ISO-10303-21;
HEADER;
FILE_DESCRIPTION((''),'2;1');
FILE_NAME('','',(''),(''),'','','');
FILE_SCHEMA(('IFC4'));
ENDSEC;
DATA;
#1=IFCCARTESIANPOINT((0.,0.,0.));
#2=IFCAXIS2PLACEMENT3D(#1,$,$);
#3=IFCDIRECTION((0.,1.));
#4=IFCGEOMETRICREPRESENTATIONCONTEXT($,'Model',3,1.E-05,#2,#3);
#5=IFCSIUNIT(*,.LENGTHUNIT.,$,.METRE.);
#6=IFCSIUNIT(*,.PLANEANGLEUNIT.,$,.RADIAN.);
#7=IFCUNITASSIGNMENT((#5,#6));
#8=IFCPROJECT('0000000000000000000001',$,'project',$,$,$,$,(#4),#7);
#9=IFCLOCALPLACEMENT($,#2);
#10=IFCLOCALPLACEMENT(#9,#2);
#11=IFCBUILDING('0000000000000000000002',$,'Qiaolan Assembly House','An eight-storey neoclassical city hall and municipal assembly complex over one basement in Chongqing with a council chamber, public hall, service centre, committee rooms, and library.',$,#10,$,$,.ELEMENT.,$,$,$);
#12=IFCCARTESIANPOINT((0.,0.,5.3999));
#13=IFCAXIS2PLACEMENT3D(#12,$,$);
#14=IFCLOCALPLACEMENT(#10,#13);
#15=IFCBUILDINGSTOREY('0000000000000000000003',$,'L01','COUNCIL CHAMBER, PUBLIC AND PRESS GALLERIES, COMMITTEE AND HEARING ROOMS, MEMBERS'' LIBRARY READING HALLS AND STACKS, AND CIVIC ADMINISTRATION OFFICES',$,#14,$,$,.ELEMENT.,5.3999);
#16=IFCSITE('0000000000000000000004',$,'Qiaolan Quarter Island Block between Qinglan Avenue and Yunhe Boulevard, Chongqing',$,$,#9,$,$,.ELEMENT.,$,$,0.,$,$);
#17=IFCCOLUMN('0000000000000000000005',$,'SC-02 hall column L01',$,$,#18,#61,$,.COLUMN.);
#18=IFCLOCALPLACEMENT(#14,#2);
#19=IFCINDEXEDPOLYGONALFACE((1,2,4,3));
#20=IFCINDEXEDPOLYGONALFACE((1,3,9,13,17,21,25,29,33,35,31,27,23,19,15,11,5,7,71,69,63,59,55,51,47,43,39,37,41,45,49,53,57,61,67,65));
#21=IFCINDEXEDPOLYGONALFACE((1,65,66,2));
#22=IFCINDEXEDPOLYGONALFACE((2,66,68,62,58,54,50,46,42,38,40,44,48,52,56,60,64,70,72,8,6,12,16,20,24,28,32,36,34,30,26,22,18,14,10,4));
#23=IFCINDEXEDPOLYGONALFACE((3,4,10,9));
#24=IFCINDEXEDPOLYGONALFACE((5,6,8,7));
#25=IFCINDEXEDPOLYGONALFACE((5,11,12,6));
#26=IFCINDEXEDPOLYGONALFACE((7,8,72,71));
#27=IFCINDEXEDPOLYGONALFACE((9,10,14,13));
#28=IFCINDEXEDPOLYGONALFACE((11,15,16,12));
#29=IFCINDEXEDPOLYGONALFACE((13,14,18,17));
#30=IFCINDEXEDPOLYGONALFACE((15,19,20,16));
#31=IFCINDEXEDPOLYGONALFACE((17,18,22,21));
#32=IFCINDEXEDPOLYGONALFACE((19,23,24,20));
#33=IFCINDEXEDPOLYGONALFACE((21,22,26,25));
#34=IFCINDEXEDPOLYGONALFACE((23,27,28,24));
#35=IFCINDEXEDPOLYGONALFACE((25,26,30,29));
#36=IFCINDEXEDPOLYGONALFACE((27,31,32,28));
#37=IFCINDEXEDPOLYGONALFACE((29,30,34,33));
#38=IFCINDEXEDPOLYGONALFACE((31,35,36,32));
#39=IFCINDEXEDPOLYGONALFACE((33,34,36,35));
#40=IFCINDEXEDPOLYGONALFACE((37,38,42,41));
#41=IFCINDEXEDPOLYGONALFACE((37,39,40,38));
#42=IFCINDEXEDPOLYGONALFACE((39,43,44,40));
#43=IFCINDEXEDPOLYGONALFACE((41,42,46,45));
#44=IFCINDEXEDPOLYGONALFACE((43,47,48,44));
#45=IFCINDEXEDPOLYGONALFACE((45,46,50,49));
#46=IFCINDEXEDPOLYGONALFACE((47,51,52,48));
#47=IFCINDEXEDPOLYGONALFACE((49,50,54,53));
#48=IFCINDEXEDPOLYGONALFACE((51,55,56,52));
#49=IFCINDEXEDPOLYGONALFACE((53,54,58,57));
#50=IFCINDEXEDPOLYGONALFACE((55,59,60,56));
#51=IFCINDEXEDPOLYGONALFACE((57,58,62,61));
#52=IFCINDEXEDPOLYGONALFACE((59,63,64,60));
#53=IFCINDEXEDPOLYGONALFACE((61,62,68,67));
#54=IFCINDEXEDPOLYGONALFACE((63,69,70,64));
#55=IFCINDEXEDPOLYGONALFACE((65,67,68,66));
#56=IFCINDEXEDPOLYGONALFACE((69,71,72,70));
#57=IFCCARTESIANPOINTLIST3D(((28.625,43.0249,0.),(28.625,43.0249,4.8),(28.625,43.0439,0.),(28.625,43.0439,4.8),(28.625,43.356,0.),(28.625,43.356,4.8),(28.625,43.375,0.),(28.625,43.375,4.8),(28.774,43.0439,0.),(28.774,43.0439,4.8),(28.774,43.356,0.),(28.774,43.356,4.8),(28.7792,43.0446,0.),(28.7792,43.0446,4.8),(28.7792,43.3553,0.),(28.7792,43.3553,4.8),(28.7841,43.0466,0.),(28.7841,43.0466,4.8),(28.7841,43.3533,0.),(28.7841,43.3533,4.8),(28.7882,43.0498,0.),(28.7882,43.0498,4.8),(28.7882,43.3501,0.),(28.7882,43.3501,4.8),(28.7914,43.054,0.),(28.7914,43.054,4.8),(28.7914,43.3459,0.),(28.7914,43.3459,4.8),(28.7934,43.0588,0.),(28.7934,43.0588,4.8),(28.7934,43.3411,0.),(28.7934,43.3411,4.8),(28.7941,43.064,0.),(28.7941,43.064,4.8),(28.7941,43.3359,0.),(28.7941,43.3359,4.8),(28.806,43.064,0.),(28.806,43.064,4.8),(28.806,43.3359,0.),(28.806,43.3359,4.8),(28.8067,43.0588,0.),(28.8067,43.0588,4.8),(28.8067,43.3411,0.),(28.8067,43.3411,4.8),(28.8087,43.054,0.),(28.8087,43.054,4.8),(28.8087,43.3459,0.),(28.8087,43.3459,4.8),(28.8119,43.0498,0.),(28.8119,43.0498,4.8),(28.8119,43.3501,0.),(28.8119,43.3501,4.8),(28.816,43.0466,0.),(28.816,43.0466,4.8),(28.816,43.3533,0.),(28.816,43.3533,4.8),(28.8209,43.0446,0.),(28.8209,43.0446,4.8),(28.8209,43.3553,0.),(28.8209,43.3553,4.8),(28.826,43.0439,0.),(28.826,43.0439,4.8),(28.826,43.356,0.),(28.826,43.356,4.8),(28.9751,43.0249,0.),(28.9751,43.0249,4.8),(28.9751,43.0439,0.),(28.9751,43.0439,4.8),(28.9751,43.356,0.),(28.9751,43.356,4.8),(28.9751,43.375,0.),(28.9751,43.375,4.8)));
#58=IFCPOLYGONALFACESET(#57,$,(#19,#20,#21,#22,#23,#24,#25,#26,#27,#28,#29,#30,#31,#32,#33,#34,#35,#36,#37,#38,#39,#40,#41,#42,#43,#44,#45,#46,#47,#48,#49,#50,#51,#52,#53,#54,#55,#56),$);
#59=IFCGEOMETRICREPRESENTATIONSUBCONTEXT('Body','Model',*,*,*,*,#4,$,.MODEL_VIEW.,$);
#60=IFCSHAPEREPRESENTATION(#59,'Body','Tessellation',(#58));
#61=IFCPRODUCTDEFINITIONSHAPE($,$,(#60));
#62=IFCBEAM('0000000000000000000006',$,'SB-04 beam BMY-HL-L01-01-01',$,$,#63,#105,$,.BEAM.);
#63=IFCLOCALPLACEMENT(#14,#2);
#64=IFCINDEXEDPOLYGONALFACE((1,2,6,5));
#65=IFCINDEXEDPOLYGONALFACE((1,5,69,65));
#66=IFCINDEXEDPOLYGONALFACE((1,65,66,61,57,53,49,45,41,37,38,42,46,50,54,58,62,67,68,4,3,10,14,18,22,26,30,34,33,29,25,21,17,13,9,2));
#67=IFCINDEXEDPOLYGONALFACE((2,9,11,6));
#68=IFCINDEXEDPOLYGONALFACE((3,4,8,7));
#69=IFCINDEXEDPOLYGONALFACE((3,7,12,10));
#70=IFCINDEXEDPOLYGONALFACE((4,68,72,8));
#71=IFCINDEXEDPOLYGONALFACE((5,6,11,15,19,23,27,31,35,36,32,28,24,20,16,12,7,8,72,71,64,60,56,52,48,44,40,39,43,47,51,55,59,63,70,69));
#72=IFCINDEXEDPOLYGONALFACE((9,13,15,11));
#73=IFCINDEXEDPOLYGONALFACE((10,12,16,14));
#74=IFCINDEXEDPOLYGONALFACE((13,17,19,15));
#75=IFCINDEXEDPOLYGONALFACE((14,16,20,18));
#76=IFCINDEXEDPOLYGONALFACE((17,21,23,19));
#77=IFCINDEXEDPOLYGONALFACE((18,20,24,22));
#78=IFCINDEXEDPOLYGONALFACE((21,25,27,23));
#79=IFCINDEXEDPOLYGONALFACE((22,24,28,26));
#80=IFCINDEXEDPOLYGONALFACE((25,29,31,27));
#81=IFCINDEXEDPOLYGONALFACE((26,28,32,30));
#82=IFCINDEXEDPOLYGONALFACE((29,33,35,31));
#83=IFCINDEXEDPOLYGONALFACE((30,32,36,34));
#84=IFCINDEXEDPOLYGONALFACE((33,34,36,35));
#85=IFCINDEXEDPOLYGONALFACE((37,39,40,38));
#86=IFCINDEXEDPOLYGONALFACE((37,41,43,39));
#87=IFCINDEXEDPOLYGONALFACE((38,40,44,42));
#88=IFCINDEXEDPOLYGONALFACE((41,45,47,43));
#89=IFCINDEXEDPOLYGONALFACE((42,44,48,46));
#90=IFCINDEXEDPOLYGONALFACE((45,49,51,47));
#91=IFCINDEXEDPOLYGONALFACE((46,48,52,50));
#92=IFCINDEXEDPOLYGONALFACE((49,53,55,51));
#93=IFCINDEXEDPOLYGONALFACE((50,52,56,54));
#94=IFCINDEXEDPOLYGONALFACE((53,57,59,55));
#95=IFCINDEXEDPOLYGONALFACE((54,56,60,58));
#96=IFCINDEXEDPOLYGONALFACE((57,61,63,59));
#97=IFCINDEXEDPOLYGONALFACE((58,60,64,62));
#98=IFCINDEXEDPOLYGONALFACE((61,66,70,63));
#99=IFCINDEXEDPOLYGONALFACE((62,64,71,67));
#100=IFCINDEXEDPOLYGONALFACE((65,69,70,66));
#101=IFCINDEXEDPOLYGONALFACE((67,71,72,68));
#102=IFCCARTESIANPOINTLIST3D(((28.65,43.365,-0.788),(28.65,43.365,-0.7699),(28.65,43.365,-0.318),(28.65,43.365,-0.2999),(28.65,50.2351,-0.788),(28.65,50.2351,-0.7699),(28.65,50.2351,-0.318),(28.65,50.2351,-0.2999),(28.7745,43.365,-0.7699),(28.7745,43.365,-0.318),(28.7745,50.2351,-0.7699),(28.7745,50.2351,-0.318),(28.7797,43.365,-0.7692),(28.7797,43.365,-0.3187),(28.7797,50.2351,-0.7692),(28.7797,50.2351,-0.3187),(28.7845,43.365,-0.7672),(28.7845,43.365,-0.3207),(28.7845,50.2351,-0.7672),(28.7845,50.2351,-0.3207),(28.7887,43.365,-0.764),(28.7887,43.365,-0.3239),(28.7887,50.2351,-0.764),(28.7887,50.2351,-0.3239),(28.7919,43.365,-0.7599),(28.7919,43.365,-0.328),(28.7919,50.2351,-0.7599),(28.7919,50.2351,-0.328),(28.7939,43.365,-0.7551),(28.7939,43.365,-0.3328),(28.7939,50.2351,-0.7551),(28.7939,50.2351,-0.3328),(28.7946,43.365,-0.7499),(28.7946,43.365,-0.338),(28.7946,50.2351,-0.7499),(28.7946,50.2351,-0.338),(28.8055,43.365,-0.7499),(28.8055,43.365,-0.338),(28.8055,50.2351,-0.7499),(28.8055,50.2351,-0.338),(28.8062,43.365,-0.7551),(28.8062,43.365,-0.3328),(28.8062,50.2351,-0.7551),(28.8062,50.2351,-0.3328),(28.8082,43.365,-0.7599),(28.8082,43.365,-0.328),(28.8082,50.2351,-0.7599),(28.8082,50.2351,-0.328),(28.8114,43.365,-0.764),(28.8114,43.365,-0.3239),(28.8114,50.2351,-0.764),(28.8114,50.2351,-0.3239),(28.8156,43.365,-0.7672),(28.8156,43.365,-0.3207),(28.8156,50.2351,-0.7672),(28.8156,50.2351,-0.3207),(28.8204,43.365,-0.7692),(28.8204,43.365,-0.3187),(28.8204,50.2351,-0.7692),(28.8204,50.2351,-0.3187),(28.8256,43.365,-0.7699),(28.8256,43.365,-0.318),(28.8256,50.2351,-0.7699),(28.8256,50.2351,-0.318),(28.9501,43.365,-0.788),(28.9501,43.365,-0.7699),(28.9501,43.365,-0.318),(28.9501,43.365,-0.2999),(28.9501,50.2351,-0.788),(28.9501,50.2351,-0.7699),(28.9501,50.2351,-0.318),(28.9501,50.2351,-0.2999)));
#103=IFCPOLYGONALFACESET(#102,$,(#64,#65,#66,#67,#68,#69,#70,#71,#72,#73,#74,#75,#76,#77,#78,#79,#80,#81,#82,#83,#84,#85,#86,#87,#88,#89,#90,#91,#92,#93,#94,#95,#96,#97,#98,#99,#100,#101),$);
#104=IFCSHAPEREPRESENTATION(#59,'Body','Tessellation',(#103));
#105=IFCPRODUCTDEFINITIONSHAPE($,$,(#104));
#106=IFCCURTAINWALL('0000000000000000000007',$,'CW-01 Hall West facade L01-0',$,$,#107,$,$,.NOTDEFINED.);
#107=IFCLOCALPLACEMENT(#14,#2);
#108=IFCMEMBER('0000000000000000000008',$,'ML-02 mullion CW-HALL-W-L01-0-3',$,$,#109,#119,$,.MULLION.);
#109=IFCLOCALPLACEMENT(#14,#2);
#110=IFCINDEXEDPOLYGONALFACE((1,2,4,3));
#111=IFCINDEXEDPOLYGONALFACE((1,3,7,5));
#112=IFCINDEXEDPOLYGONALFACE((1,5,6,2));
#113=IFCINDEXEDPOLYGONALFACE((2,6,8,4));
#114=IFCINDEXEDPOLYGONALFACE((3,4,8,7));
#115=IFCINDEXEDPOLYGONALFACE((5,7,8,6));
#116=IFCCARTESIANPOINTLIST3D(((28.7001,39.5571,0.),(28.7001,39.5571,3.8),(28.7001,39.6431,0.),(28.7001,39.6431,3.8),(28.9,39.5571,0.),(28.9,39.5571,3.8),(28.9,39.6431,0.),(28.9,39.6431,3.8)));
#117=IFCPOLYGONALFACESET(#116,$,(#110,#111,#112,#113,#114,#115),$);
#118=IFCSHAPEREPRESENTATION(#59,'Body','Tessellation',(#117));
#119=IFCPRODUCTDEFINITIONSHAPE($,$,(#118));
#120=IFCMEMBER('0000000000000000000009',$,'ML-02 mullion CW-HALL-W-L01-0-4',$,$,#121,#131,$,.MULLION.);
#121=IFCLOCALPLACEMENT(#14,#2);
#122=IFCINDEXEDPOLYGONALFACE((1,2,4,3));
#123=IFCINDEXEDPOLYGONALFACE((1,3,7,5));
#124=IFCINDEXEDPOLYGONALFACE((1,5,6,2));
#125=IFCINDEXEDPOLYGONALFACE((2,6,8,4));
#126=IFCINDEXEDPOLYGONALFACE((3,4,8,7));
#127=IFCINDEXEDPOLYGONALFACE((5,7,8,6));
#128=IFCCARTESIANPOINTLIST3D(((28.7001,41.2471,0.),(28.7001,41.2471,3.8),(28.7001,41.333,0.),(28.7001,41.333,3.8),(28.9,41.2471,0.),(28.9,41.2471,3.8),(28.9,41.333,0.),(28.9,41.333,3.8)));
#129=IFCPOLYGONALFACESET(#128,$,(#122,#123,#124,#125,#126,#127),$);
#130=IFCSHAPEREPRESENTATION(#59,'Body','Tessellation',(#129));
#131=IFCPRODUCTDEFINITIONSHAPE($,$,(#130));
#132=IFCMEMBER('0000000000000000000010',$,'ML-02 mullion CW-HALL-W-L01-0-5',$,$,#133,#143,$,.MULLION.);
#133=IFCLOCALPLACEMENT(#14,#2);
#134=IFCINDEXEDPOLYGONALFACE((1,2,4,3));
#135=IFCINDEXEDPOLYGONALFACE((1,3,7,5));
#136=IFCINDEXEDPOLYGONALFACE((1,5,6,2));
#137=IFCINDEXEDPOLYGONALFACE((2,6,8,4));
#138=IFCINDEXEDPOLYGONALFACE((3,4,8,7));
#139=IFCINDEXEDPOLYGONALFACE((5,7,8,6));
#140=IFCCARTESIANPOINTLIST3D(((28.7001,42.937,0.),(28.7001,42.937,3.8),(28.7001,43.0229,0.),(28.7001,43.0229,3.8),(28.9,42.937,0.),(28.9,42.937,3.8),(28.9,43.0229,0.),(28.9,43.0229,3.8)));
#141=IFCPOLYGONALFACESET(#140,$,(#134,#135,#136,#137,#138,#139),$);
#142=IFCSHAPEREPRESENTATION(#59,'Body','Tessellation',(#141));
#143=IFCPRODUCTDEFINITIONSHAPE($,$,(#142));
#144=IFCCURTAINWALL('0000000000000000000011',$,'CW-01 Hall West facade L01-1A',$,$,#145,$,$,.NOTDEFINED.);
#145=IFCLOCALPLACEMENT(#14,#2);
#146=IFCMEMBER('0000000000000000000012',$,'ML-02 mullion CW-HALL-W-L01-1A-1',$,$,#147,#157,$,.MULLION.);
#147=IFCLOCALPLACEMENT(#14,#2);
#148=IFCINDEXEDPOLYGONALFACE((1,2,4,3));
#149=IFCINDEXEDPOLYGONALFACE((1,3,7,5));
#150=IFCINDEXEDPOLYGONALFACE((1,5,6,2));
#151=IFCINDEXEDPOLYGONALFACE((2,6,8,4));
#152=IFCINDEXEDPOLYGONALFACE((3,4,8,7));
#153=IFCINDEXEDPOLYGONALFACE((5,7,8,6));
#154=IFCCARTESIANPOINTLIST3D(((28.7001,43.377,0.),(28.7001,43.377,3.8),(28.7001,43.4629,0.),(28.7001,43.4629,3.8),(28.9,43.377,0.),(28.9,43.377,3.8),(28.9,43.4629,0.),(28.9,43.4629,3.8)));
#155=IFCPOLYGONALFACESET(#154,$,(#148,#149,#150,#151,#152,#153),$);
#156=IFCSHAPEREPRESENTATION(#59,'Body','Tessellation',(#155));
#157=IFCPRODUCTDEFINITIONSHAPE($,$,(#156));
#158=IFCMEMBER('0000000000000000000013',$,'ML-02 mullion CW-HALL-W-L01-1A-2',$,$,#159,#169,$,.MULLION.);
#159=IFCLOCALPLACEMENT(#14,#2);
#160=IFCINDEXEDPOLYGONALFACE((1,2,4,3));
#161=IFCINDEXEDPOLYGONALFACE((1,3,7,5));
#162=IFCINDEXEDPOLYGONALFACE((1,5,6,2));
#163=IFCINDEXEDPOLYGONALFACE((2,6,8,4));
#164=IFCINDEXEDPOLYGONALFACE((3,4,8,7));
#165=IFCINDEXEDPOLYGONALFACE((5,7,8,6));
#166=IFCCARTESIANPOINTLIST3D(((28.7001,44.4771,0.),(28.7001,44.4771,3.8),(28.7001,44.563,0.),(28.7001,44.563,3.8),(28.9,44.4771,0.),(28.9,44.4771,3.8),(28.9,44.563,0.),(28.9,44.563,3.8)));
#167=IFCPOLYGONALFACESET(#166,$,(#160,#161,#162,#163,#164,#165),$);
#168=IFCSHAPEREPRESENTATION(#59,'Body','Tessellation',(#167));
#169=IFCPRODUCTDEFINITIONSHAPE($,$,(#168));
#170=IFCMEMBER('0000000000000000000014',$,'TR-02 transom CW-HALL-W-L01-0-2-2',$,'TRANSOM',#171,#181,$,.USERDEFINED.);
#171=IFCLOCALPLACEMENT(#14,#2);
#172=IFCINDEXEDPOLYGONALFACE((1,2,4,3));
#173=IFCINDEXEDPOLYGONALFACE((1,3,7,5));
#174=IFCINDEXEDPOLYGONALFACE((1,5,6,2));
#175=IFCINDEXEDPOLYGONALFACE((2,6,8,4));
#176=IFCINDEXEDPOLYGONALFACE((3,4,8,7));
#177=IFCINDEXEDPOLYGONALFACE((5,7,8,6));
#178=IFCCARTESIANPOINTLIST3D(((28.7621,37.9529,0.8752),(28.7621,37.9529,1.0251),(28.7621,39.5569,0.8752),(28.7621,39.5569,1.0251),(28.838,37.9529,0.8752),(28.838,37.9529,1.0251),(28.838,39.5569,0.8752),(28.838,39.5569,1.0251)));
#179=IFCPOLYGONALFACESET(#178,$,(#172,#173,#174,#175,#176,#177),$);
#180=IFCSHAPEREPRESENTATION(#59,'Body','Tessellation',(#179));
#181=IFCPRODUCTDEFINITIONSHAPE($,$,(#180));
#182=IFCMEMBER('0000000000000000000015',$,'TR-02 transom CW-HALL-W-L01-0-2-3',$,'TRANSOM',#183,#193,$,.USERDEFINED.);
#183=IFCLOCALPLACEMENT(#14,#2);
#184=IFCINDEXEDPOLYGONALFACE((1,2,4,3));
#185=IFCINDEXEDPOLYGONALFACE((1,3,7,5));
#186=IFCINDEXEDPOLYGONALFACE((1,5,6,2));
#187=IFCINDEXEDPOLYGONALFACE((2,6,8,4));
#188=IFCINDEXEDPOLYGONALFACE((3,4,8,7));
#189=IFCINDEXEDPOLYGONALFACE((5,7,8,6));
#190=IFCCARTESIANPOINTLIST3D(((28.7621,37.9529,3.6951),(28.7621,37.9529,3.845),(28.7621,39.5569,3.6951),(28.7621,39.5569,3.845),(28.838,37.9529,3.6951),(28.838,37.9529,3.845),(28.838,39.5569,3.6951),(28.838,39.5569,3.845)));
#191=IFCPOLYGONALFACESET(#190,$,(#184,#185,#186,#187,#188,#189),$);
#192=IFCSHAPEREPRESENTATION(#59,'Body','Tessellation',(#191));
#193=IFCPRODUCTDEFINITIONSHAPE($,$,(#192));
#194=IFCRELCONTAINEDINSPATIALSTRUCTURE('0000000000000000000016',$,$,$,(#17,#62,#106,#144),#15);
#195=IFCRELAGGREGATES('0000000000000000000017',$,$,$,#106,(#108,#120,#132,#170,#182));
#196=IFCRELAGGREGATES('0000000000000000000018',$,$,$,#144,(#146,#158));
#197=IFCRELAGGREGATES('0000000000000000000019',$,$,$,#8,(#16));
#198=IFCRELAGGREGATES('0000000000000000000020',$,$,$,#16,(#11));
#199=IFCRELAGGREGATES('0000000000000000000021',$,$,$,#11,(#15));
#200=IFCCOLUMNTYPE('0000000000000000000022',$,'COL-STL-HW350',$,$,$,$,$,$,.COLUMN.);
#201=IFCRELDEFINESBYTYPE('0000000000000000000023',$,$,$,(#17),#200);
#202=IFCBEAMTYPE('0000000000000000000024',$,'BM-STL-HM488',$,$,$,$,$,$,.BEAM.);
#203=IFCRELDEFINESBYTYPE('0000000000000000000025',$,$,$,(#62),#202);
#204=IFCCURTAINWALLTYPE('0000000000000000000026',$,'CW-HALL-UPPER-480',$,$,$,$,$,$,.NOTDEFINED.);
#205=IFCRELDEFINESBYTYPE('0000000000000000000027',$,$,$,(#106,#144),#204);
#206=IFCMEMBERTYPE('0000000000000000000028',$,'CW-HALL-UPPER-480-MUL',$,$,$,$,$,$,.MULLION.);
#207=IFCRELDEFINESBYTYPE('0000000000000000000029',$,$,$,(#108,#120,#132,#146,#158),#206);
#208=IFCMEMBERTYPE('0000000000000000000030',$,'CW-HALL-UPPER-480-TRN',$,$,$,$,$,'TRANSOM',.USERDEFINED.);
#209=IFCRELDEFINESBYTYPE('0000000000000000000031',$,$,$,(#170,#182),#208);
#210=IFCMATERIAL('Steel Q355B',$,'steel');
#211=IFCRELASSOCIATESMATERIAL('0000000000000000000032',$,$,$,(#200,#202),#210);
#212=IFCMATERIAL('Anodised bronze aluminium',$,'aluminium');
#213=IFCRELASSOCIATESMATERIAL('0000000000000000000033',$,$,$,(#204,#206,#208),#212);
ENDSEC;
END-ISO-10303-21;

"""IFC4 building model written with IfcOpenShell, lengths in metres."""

from ifc_helpers import new_model, si_unit, direction, frame, origin, origin_2d, place, context, subcontext, project, spatial, rectangle, i_section, extrude, material, material_profile, profile_set, type_object, element, aggregate, save


model = new_model("IFC4")

# Units and contexts
model_context = context("Model", 3, precision=1e-05, world=origin(), true_north=direction((0.0, 1.0)))
body_context = subcontext(model_context, "Body", "Model", "MODEL_VIEW")
ifc_project = project(units=[si_unit("LENGTHUNIT", "METRE"), si_unit("PLANEANGLEUNIT", "RADIAN")], contexts=[model_context])

# Site, building, storey
site_placement = place(None, origin())
site = spatial("IfcSite", under=ifc_project, at=site_placement, Name="Qiaolan Quarter Island Block between Qinglan Avenue and Yunhe Boulevard, Chongqing", CompositionType="ELEMENT", RefElevation=0.0)
building_placement = place(site_placement, origin())
building = spatial("IfcBuilding", under=site, at=building_placement, Name="Qiaolan Assembly House", Description="An eight-storey neoclassical city hall and municipal assembly complex over one basement in Chongqing with a council chamber, public hall, service centre, committee rooms, and library.", CompositionType="ELEMENT")
storey_placement = place(building_placement, frame((0.0, 0.0, 5.3999)))
storey = spatial("IfcBuildingStorey", under=building, at=storey_placement, Name="L01", Description="COUNCIL CHAMBER, PUBLIC AND PRESS GALLERIES, COMMITTEE AND HEARING ROOMS, MEMBERS' LIBRARY READING HALLS AND STACKS, AND CIVIC ADMINISTRATION OFFICES", CompositionType="ELEMENT", Elevation=5.3999)

# Column
ifc_material_1 = material(Name="Steel Q355B", Category="steel")
ifc_material_profile_1 = material_profile(ifc_material_1, i_section(OverallWidth=0.3501, OverallDepth=0.3501, WebThickness=0.012, FlangeThickness=0.019, FilletRadius=0.02, at=origin_2d()), Name="HW 350x350x12x19")
ifc_profile_set_1 = profile_set([ifc_material_profile_1], Name="Steel Q355B")
column_type = type_object("IfcColumnType", Name="COL-STL-HW350", PredefinedType="COLUMN", material=ifc_profile_set_1)
column_placement = place(storey_placement, frame((28.8, 43.2, 0.0), z_axis=(0.0, 0.0, 1.0), x_axis=(1.0, 0.0, 0.0)))
element("IfcColumn", 1, at=column_placement, inside=storey, type_object=column_type, Name="SC-02 hall column L01", PredefinedType="COLUMN", context=body_context, shape_type="SweptSolid", body=[
    extrude(i_section(OverallWidth=0.3501, OverallDepth=0.3501, WebThickness=0.012, FlangeThickness=0.019, FilletRadius=0.02, at=origin_2d()), origin(), (0.0, 0.0, 1.0), 4.8),
])

# Beam
ifc_material_profile_2 = material_profile(ifc_material_1, i_section(OverallWidth=0.3, OverallDepth=0.488, WebThickness=0.011, FlangeThickness=0.0181, FilletRadius=0.02, at=origin_2d()), Name="HM 488x300x11x18")
ifc_profile_set_2 = profile_set([ifc_material_profile_2], Name="Steel Q355B")
beam_type = type_object("IfcBeamType", Name="BM-STL-HM488", PredefinedType="BEAM", material=ifc_profile_set_2)
beam_placement = place(storey_placement, frame((28.8, 43.365, -0.5439), z_axis=(0.0, 1.0, 0.0), x_axis=(-1.0, 0.0, 0.0)))
element("IfcBeam", 2, at=beam_placement, inside=storey, type_object=beam_type, Name="SB-04 beam BMY-HL-L01-01-01", PredefinedType="BEAM", context=body_context, shape_type="SweptSolid", body=[
    extrude(i_section(OverallWidth=0.3, OverallDepth=0.488, WebThickness=0.011, FlangeThickness=0.0181, FilletRadius=0.02, at=origin_2d()), origin(), (0.0, 0.0, 1.0), 6.8701),
])

# Curtain walls, members
ifc_material_2 = material(Name="Anodised bronze aluminium", Category="aluminium")
curtain_wall_type = type_object("IfcCurtainWallType", Name="CW-HALL-UPPER-480", PredefinedType="NOTDEFINED", material=ifc_material_2)
curtain_wall_1_placement = place(storey_placement, origin())
curtain_wall_1 = element("IfcCurtainWall", 3, at=curtain_wall_1_placement, inside=storey, type_object=curtain_wall_type, Name="CW-01 Hall West facade L01-0", PredefinedType="NOTDEFINED")
ifc_material_profile_3 = material_profile(ifc_material_2, rectangle(XDim=0.0859, YDim=0.2, at=origin_2d()), Name="MUL 86x200")
ifc_profile_set_3 = profile_set([ifc_material_profile_3], Name="Anodised bronze aluminium")
member_type_1 = type_object("IfcMemberType", Name="CW-HALL-UPPER-480-MUL", PredefinedType="MULLION", material=ifc_profile_set_3)
member_1_placement = place(storey_placement, frame((28.8, 39.6001, 0.0), z_axis=(0.0, 0.0, 1.0), x_axis=(0.0, 1.0, 0.0)))
member_1 = element("IfcMember", 4, at=member_1_placement, type_object=member_type_1, Name="ML-02 mullion CW-HALL-W-L01-0-3", PredefinedType="MULLION", context=body_context, shape_type="SweptSolid", body=[
    extrude(rectangle(XDim=0.0859, YDim=0.2, at=origin_2d()), origin(), (0.0, 0.0, 1.0), 3.8),
])
member_2_placement = place(storey_placement, frame((28.8, 41.29, 0.0), z_axis=(0.0, 0.0, 1.0), x_axis=(0.0, 1.0, 0.0)))
member_2 = element("IfcMember", 5, at=member_2_placement, type_object=member_type_1, Name="ML-02 mullion CW-HALL-W-L01-0-4", PredefinedType="MULLION", context=body_context, shape_type="SweptSolid", body=[
    extrude(rectangle(XDim=0.0859, YDim=0.2, at=origin_2d()), origin(), (0.0, 0.0, 1.0), 3.8),
])
member_3_placement = place(storey_placement, frame((28.8, 42.98, 0.0), z_axis=(0.0, 0.0, 1.0), x_axis=(0.0, 1.0, 0.0)))
member_3 = element("IfcMember", 6, at=member_3_placement, type_object=member_type_1, Name="ML-02 mullion CW-HALL-W-L01-0-5", PredefinedType="MULLION", context=body_context, shape_type="SweptSolid", body=[
    extrude(rectangle(XDim=0.0859, YDim=0.2, at=origin_2d()), origin(), (0.0, 0.0, 1.0), 3.8),
])
curtain_wall_2_placement = place(storey_placement, origin())
curtain_wall_2 = element("IfcCurtainWall", 7, at=curtain_wall_2_placement, inside=storey, type_object=curtain_wall_type, Name="CW-01 Hall West facade L01-1A", PredefinedType="NOTDEFINED")
member_4_placement = place(storey_placement, frame((28.8, 43.4199, 0.0), z_axis=(0.0, 0.0, 1.0), x_axis=(0.0, 1.0, 0.0)))
member_4 = element("IfcMember", 8, at=member_4_placement, type_object=member_type_1, Name="ML-02 mullion CW-HALL-W-L01-1A-1", PredefinedType="MULLION", context=body_context, shape_type="SweptSolid", body=[
    extrude(rectangle(XDim=0.0859, YDim=0.2, at=origin_2d()), origin(), (0.0, 0.0, 1.0), 3.8),
])
member_5_placement = place(storey_placement, frame((28.8, 44.52, 0.0), z_axis=(0.0, 0.0, 1.0), x_axis=(0.0, 1.0, 0.0)))
member_5 = element("IfcMember", 9, at=member_5_placement, type_object=member_type_1, Name="ML-02 mullion CW-HALL-W-L01-1A-2", PredefinedType="MULLION", context=body_context, shape_type="SweptSolid", body=[
    extrude(rectangle(XDim=0.0859, YDim=0.2, at=origin_2d()), origin(), (0.0, 0.0, 1.0), 3.8),
])

# Members
ifc_material_profile_4 = material_profile(ifc_material_2, rectangle(XDim=0.0759, YDim=0.1499, at=origin_2d()), Name="TRN 76x150")
ifc_profile_set_4 = profile_set([ifc_material_profile_4], Name="Anodised bronze aluminium")
member_type_2 = type_object("IfcMemberType", Name="CW-HALL-UPPER-480-TRN", ElementType="TRANSOM", PredefinedType="USERDEFINED", material=ifc_profile_set_4)
member_6_placement = place(storey_placement, frame((28.8, 37.9529, 0.9502), z_axis=(0.0, 1.0, 0.0), x_axis=(-1.0, 0.0, 0.0)))
member_6 = element("IfcMember", 10, at=member_6_placement, type_object=member_type_2, Name="TR-02 transom CW-HALL-W-L01-0-2-2", ObjectType="TRANSOM", PredefinedType="USERDEFINED", context=body_context, shape_type="SweptSolid", body=[
    extrude(rectangle(XDim=0.0759, YDim=0.1499, at=origin_2d()), origin(), (0.0, 0.0, 1.0), 1.604),
])
member_7_placement = place(storey_placement, frame((28.8, 37.9529, 3.77), z_axis=(0.0, 1.0, 0.0), x_axis=(-1.0, 0.0, 0.0)))
member_7 = element("IfcMember", 11, at=member_7_placement, type_object=member_type_2, Name="TR-02 transom CW-HALL-W-L01-0-2-3", ObjectType="TRANSOM", PredefinedType="USERDEFINED", context=body_context, shape_type="SweptSolid", body=[
    extrude(rectangle(XDim=0.0759, YDim=0.1499, at=origin_2d()), origin(), (0.0, 0.0, 1.0), 1.604),
])

aggregate(curtain_wall_1, [member_1, member_2, member_3, member_6, member_7])
aggregate(curtain_wall_2, [member_4, member_5])

save(model, "model.ifc")
